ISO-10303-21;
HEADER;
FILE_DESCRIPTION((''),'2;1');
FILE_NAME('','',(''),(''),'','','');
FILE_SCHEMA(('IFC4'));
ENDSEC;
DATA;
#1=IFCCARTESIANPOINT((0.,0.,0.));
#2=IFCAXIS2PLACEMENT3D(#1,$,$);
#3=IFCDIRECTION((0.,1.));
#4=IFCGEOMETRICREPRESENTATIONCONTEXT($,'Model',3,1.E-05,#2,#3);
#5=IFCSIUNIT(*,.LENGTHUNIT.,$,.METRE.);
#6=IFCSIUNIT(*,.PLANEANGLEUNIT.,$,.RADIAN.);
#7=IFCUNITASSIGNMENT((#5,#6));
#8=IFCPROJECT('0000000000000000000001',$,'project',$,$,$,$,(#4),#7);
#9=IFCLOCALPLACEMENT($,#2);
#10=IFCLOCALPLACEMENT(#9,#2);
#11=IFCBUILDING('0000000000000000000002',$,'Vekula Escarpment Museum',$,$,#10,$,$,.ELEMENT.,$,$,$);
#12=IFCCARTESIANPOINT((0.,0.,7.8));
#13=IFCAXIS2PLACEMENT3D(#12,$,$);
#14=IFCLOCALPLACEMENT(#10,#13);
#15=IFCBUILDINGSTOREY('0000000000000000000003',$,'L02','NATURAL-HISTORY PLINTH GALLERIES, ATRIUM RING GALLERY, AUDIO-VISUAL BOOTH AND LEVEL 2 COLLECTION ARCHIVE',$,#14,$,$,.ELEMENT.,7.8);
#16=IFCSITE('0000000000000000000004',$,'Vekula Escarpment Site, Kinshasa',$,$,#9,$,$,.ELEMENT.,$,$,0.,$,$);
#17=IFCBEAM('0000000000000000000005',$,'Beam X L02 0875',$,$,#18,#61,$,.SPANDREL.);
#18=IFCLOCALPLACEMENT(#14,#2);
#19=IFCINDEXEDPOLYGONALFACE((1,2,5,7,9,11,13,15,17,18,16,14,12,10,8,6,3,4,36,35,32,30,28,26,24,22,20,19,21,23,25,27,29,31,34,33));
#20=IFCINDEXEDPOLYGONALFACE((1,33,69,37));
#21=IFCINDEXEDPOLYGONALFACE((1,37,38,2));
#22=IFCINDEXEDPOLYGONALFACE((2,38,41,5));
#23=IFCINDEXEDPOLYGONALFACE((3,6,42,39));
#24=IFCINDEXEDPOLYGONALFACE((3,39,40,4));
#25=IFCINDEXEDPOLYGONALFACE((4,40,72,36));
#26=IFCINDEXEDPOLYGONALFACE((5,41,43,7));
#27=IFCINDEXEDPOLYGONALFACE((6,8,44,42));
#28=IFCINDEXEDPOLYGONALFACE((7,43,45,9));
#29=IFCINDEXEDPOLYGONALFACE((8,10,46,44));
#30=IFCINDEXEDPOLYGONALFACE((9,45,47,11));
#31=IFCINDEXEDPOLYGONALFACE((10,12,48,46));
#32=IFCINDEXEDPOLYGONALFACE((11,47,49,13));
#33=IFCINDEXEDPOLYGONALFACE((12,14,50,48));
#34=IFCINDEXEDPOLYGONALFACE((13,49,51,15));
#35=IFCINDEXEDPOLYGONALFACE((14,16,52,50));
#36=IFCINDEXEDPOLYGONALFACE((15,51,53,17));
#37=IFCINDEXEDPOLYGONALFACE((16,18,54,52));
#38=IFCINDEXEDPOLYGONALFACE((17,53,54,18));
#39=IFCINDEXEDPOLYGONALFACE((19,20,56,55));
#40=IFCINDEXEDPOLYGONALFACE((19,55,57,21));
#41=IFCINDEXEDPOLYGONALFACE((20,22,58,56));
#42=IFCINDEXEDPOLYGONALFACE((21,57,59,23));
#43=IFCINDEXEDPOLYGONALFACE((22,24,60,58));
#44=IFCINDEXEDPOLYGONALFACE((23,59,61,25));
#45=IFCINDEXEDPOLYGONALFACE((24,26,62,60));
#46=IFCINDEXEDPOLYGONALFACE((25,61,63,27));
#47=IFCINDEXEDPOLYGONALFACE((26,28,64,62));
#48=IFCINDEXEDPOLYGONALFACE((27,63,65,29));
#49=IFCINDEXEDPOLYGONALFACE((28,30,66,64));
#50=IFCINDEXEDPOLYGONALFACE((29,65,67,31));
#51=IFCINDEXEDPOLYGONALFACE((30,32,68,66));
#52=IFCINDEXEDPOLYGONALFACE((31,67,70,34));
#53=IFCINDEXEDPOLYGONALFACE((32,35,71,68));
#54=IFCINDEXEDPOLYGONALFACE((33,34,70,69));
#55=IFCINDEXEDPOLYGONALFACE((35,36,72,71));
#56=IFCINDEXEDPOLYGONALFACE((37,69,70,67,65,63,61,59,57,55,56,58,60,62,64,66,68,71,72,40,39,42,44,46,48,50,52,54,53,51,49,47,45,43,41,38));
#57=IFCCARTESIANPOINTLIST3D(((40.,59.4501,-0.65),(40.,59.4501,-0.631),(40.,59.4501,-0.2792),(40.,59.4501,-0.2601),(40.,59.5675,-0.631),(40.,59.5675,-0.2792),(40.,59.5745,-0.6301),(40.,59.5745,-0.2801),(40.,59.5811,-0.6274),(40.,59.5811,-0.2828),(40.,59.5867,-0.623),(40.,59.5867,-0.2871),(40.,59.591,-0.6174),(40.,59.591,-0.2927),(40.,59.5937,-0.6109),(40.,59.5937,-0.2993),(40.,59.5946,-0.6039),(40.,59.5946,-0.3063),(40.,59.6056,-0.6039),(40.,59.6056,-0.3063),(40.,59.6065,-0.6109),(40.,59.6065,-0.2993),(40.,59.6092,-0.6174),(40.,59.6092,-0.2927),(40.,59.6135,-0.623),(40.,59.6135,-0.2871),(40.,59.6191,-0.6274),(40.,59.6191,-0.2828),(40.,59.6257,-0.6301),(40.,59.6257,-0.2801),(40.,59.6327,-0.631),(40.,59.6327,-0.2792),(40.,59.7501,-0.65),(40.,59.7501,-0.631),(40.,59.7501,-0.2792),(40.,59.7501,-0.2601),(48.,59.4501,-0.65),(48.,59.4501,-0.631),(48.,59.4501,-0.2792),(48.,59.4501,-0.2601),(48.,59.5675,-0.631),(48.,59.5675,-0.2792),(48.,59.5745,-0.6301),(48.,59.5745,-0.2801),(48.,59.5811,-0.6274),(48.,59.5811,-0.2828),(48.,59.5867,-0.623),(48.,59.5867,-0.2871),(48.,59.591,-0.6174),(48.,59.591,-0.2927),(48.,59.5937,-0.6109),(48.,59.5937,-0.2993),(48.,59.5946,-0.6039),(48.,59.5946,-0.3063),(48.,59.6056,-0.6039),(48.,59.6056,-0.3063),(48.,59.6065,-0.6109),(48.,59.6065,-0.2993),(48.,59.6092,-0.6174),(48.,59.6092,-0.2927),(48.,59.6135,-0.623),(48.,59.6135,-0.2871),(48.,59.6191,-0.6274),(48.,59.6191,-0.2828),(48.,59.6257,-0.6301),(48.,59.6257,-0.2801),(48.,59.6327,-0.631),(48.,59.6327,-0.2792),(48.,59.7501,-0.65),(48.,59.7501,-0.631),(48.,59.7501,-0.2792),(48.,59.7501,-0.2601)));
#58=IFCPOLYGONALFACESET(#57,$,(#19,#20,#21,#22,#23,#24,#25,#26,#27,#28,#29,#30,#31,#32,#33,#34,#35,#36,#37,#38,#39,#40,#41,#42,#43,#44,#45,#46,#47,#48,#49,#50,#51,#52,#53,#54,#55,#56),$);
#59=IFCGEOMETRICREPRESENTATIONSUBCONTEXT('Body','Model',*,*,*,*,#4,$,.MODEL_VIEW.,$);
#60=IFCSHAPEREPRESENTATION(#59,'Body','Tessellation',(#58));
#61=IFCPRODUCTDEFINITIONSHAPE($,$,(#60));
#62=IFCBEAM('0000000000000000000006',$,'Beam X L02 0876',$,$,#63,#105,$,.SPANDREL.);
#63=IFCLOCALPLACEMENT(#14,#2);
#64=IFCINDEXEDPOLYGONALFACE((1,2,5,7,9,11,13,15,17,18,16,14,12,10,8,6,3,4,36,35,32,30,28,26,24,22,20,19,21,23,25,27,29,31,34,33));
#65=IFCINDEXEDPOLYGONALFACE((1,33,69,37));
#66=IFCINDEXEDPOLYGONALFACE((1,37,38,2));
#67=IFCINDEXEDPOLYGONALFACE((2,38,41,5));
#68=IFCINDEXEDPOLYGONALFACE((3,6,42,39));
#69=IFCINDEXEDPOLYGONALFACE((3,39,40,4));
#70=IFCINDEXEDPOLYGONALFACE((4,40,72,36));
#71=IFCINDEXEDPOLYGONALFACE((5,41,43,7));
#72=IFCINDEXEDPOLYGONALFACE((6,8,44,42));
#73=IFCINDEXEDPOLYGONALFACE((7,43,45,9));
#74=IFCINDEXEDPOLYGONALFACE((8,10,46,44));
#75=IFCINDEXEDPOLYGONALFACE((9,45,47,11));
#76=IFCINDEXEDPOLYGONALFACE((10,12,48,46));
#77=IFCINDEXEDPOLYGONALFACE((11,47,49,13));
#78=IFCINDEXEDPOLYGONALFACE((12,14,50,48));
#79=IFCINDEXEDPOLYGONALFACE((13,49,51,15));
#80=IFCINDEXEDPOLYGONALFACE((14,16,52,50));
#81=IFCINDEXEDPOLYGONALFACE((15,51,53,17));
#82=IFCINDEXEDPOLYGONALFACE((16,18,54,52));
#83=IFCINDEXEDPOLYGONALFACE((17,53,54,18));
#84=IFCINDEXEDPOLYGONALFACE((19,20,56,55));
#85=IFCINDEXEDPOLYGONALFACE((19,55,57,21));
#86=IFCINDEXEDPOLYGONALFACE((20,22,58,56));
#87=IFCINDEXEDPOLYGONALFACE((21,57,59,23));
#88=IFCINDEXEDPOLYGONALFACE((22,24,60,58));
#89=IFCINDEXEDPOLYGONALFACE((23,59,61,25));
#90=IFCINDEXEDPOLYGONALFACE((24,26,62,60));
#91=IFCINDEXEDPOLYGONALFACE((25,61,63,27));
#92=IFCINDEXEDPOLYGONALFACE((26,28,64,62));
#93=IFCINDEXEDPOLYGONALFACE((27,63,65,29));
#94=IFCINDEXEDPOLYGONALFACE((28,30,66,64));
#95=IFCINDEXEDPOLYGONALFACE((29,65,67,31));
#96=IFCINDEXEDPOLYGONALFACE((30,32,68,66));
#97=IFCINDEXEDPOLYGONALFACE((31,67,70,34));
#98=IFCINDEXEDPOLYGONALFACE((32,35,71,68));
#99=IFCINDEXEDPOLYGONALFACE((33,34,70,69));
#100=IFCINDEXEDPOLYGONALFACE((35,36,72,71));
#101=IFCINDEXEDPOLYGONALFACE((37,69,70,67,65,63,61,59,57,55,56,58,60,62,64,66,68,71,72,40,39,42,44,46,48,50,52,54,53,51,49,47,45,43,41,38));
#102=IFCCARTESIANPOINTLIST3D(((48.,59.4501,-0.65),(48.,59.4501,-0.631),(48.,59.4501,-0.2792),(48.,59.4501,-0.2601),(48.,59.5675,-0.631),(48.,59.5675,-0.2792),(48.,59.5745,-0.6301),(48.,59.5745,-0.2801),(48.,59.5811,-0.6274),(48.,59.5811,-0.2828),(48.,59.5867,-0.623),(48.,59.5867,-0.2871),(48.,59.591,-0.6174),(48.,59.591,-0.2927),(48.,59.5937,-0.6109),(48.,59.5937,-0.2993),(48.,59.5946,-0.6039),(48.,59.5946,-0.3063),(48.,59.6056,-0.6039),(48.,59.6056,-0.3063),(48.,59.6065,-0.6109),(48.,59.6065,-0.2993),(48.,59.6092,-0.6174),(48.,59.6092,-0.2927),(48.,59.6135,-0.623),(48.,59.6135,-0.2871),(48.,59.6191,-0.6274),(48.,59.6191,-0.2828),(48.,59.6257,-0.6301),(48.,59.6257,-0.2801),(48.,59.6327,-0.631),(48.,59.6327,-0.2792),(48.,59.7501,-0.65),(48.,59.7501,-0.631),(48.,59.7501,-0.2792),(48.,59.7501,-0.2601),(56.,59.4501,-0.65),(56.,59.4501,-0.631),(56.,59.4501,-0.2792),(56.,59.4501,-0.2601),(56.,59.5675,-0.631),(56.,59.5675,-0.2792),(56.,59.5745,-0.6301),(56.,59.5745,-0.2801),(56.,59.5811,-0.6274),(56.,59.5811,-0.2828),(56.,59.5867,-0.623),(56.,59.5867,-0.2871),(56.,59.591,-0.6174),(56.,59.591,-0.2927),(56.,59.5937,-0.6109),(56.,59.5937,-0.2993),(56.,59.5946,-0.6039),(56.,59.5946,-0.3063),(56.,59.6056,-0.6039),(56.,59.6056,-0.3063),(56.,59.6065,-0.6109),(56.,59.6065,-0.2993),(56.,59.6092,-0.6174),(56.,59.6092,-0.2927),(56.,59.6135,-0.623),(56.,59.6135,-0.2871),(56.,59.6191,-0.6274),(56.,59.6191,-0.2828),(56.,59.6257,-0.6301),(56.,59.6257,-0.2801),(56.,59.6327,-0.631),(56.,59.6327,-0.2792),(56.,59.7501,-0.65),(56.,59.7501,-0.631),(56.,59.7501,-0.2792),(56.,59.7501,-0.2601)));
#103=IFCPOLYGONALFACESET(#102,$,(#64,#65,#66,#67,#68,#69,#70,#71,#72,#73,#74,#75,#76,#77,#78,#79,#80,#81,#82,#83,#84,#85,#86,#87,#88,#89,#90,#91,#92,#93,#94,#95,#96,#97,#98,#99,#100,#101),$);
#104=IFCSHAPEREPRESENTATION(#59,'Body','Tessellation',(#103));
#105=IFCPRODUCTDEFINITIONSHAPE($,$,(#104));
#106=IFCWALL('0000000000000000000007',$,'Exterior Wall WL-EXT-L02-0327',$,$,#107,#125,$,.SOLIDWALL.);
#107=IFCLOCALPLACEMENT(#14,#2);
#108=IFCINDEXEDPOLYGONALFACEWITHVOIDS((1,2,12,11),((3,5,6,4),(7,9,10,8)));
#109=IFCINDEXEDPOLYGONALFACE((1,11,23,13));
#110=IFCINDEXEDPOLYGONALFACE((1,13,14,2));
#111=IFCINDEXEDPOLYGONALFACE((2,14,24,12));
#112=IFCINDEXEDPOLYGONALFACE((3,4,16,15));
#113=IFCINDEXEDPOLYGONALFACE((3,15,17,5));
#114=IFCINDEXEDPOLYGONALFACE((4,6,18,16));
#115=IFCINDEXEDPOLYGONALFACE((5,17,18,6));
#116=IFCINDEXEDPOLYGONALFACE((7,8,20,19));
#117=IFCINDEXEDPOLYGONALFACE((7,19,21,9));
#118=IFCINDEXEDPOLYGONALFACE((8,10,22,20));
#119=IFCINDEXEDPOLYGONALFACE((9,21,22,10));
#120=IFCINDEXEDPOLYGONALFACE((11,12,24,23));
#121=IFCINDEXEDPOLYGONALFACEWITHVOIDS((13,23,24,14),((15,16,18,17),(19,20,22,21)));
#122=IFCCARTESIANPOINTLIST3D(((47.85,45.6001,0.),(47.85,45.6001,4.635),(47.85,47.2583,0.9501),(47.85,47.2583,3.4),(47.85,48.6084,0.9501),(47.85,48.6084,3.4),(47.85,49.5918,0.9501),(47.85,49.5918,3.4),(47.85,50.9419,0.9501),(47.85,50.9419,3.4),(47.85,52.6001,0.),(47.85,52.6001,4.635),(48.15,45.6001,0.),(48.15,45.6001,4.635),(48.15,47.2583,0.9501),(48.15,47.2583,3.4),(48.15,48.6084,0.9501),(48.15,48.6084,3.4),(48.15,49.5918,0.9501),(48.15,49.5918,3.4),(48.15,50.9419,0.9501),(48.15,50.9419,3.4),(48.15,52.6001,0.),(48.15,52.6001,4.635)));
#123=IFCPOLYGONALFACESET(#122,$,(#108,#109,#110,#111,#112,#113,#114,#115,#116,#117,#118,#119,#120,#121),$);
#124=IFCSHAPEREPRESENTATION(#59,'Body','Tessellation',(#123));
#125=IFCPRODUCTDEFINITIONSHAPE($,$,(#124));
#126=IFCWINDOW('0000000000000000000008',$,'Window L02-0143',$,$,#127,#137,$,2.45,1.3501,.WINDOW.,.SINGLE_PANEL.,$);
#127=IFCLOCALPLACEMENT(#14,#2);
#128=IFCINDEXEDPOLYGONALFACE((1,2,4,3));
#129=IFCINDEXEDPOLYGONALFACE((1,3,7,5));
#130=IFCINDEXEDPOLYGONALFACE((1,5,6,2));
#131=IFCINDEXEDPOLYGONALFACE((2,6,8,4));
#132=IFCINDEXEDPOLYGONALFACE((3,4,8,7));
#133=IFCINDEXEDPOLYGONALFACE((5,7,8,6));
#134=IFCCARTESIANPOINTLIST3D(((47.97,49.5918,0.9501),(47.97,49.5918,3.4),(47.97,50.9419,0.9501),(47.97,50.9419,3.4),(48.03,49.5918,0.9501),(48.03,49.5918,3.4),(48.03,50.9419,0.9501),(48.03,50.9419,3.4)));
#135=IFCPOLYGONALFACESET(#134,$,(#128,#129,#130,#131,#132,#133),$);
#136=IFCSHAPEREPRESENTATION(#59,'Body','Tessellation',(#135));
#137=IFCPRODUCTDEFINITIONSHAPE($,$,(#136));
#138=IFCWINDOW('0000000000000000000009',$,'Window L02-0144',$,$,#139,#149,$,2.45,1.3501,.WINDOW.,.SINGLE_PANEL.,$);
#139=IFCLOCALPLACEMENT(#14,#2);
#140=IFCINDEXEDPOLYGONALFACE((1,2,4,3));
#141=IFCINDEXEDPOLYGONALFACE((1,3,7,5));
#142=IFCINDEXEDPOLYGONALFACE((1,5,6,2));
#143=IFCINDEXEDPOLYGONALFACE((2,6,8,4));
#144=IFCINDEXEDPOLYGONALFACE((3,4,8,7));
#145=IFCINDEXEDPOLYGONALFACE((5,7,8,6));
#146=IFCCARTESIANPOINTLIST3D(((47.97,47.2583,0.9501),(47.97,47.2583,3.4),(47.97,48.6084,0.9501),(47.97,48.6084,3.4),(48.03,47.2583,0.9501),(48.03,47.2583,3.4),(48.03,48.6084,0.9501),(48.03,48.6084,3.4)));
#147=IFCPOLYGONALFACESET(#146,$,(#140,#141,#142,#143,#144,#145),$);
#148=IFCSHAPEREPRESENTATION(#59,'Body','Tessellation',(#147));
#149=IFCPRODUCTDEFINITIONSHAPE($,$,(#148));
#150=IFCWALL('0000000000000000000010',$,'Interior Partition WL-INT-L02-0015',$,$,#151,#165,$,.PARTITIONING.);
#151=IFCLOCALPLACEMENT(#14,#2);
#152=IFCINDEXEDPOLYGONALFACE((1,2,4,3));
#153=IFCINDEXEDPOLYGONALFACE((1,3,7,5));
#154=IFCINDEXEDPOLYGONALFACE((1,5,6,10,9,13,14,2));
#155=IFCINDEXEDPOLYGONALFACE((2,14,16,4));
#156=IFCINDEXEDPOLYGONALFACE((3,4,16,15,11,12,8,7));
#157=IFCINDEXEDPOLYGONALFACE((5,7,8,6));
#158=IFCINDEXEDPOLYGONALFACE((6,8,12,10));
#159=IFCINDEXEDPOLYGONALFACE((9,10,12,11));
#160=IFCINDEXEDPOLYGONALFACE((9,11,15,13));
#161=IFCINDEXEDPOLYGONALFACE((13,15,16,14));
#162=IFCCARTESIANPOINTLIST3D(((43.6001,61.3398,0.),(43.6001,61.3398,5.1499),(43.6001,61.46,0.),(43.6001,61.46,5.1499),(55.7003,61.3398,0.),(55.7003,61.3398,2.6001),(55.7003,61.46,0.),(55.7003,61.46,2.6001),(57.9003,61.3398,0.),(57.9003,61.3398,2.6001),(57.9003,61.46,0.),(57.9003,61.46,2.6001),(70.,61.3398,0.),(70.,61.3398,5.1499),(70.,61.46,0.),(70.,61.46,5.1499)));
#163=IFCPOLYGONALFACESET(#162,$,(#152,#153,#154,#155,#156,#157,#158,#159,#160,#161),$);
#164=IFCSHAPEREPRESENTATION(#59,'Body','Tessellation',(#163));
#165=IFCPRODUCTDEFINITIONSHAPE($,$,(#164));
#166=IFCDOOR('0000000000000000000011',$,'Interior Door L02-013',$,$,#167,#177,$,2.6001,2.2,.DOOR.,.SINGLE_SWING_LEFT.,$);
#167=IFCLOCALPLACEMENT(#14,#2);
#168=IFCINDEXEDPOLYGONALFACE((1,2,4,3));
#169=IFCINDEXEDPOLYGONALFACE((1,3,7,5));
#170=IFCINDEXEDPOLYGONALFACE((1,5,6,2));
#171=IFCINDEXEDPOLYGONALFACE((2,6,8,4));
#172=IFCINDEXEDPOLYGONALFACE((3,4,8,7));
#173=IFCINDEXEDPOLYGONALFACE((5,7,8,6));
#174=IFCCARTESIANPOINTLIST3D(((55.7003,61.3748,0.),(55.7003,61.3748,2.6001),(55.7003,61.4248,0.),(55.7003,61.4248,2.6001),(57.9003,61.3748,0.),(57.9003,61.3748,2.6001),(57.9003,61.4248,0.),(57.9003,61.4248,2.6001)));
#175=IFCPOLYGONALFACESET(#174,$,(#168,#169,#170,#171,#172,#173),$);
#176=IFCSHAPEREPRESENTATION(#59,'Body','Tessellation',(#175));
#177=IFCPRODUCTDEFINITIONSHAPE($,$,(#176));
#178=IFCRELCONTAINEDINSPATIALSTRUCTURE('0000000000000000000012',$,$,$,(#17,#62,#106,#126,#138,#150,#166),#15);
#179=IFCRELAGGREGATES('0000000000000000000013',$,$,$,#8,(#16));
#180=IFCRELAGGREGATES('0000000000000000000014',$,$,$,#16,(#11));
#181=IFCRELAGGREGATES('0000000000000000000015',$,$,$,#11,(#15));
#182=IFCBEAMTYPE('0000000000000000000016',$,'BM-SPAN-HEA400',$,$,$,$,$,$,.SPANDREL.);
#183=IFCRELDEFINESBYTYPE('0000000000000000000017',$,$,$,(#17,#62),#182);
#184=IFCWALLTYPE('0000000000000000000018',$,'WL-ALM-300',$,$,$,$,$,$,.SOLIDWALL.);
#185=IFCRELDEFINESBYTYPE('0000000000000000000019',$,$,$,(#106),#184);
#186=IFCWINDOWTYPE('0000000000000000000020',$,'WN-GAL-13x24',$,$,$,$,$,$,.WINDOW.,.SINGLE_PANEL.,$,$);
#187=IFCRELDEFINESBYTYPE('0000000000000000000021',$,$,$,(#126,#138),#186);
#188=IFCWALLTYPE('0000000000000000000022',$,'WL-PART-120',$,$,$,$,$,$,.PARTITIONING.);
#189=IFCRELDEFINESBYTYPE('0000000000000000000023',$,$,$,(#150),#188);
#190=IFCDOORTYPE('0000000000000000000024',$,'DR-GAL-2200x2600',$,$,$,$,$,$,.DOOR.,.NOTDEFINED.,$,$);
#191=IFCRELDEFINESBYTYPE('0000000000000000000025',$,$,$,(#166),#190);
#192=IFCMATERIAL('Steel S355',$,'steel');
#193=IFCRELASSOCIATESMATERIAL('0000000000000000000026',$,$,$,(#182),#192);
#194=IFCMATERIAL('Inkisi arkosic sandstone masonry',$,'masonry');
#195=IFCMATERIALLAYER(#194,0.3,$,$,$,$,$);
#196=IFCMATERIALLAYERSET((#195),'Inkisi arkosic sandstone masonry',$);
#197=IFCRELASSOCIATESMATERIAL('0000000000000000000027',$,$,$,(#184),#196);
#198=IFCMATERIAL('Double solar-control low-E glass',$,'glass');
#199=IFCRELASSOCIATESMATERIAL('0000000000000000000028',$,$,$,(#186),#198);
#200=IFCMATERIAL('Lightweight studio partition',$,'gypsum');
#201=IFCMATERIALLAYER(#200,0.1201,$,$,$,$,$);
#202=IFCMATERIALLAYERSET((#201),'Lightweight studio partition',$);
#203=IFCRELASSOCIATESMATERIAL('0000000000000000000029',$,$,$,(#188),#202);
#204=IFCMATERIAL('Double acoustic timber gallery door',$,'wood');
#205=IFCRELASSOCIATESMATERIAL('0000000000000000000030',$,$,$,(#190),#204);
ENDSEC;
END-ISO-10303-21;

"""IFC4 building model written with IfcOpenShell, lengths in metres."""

from ifc_helpers import new_model, si_unit, direction, frame, frame_2d, origin, origin_2d, place, context, subcontext, project, spatial, rectangle, i_section, extrude, material, layer, layer_set, material_profile, profile_set, type_object, element, fill, save


model = new_model("IFC4")

# Units and contexts
model_context = context("Model", 3, precision=1e-05, world=origin(), true_north=direction((0.0, 1.0)))
body_context = subcontext(model_context, "Body", "Model", "MODEL_VIEW")
ifc_project = project(units=[si_unit("LENGTHUNIT", "METRE"), si_unit("PLANEANGLEUNIT", "RADIAN")], contexts=[model_context])

# Site, building, storey
site_placement = place(None, origin())
site = spatial("IfcSite", under=ifc_project, at=site_placement, Name="Vekula Escarpment Site, Kinshasa", CompositionType="ELEMENT", RefElevation=0.0)
building_placement = place(site_placement, origin())
building = spatial("IfcBuilding", under=site, at=building_placement, Name="Vekula Escarpment Museum", CompositionType="ELEMENT")
storey_placement = place(building_placement, frame((0.0, 0.0, 7.8)))
storey = spatial("IfcBuildingStorey", under=building, at=storey_placement, Name="L02", Description="NATURAL-HISTORY PLINTH GALLERIES, ATRIUM RING GALLERY, AUDIO-VISUAL BOOTH AND LEVEL 2 COLLECTION ARCHIVE", CompositionType="ELEMENT", Elevation=7.8)

# Beams
ifc_material_1 = material(Name="Steel S355", Category="steel")
ifc_material_profile_1 = material_profile(ifc_material_1, i_section(OverallWidth=0.3, OverallDepth=0.3899, WebThickness=0.011, FlangeThickness=0.019, FilletRadius=0.0271, at=origin_2d()), Name="HEA 400")
ifc_profile_set_1 = profile_set([ifc_material_profile_1], Name="Steel S355")
beam_type_1 = type_object("IfcBeamType", Name="BM-SPAN-HEA400", PredefinedType="SPANDREL", material=ifc_profile_set_1)
for number, where, z_axis, x_axis, name in (
    (1, (40.0, 59.6001, -0.4551), (1.0, 0.0, 0.0), (0.0, 1.0, 0.0), "Beam X L02 0875"),
    (2, (48.0, 59.6001, -0.4551), (1.0, 0.0, 0.0), (0.0, 1.0, 0.0), "Beam X L02 0876"),
):
    element("IfcBeam", number, at=place(storey_placement, frame(where, z_axis=z_axis, x_axis=x_axis)), inside=storey, type_object=beam_type_1, Name=name, PredefinedType="SPANDREL", context=body_context, shape_type="SweptSolid", body=[
        extrude(i_section(OverallWidth=0.3, OverallDepth=0.3899, WebThickness=0.011, FlangeThickness=0.019, FilletRadius=0.0271, at=origin_2d()), origin(), (0.0, 0.0, 1.0), 8.0),
    ])

# Wall, openings, windows
ifc_material_2 = material(Name="Inkisi arkosic sandstone masonry", Category="masonry")
ifc_layer_1 = layer(ifc_material_2, 0.3)
ifc_layer_set_1 = layer_set([ifc_layer_1], Name="Inkisi arkosic sandstone masonry")
wall_type_1 = type_object("IfcWallType", Name="WL-ALM-300", PredefinedType="SOLIDWALL", material=ifc_layer_set_1)
wall_1_placement = place(storey_placement, frame((48.0, 52.6001, 0.0), z_axis=(0.0, 0.0, 1.0), x_axis=(0.0, -1.0, 0.0)))
wall_1 = element("IfcWall", 3, at=wall_1_placement, inside=storey, type_object=wall_type_1, Name="Exterior Wall WL-EXT-L02-0327", PredefinedType="SOLIDWALL", context=body_context, shape_type="SweptSolid", body=[
    extrude(rectangle(XDim=7.0, YDim=0.3, at=frame_2d((3.5, 0.0))), origin(), (0.0, 0.0, 1.0), 4.635),
])
opening_1_placement = place(wall_1_placement, frame((1.6582, 0.0, 0.95)))
opening_1 = element("IfcOpeningElement", 4, at=opening_1_placement, cuts=wall_1, PredefinedType="OPENING", context=body_context, shape_type="SweptSolid", body=[
    extrude(rectangle(XDim=1.3501, YDim=2.45, at=frame_2d((0.675, 1.2251))), frame((0.0, 0.1599, 0.0), z_axis=(0.0, -1.0, 0.0), x_axis=(1.0, 0.0, 0.0)), (0.0, 0.0, 1.0), 0.3201),
])
opening_2_placement = place(wall_1_placement, frame((3.9917, 0.0, 0.95)))
opening_2 = element("IfcOpeningElement", 5, at=opening_2_placement, cuts=wall_1, PredefinedType="OPENING", context=body_context, shape_type="SweptSolid", body=[
    extrude(rectangle(XDim=1.3501, YDim=2.45, at=frame_2d((0.675, 1.2251))), frame((0.0, 0.1599, 0.0), z_axis=(0.0, -1.0, 0.0), x_axis=(1.0, 0.0, 0.0)), (0.0, 0.0, 1.0), 0.3201),
])
ifc_material_3 = material(Name="Double solar-control low-E glass", Category="glass")
window_type = type_object("IfcWindowType", Name="WN-GAL-13x24", PartitioningType="SINGLE_PANEL", PredefinedType="WINDOW", material=ifc_material_3)
window_1_placement = place(opening_1_placement, origin())
window_1 = element("IfcWindow", 6, at=window_1_placement, inside=storey, type_object=window_type, Name="Window L02-0143", OverallHeight=2.45, OverallWidth=1.3501, PartitioningType="SINGLE_PANEL", PredefinedType="WINDOW", context=body_context, shape_type="SweptSolid", body=[
    extrude(rectangle(XDim=1.3501, YDim=2.45, at=frame_2d((0.675, 1.2251))), frame((0.0, 0.03, 0.0), z_axis=(0.0, -1.0, 0.0), x_axis=(1.0, 0.0, 0.0)), (0.0, 0.0, 1.0), 0.0601),
])
fill(opening_1, window_1)
window_2_placement = place(opening_2_placement, origin())
window_2 = element("IfcWindow", 7, at=window_2_placement, inside=storey, type_object=window_type, Name="Window L02-0144", OverallHeight=2.45, OverallWidth=1.3501, PartitioningType="SINGLE_PANEL", PredefinedType="WINDOW", context=body_context, shape_type="SweptSolid", body=[
    extrude(rectangle(XDim=1.3501, YDim=2.45, at=frame_2d((0.675, 1.2251))), frame((0.0, 0.03, 0.0), z_axis=(0.0, -1.0, 0.0), x_axis=(1.0, 0.0, 0.0)), (0.0, 0.0, 1.0), 0.0601),
])
fill(opening_2, window_2)

# Wall, opening, door
ifc_material_4 = material(Name="Lightweight studio partition", Category="gypsum")
ifc_layer_2 = layer(ifc_material_4, 0.1201)
ifc_layer_set_2 = layer_set([ifc_layer_2], Name="Lightweight studio partition")
wall_type_2 = type_object("IfcWallType", Name="WL-PART-120", PredefinedType="PARTITIONING", material=ifc_layer_set_2)
wall_2_placement = place(storey_placement, frame((43.6001, 61.3999, 0.0), z_axis=(0.0, 0.0, 1.0), x_axis=(1.0, 0.0, 0.0)))
wall_2 = element("IfcWall", 8, at=wall_2_placement, inside=storey, type_object=wall_type_2, Name="Interior Partition WL-INT-L02-0015", PredefinedType="PARTITIONING", context=body_context, shape_type="SweptSolid", body=[
    extrude(rectangle(XDim=26.3999, YDim=0.1201, at=frame_2d((13.2, 0.0))), origin(), (0.0, 0.0, 1.0), 5.1499),
])
opening_3_placement = place(wall_2_placement, frame((12.1001, 0.0, 0.0)))
opening_3 = element("IfcOpeningElement", 9, at=opening_3_placement, cuts=wall_2, PredefinedType="OPENING", context=body_context, shape_type="SweptSolid", body=[
    extrude(rectangle(XDim=2.2, YDim=2.6001, at=frame_2d((1.1001, 1.3))), frame((0.0, 0.0701, 0.0), z_axis=(0.0, -1.0, 0.0), x_axis=(1.0, 0.0, 0.0)), (0.0, 0.0, 1.0), 0.1401),
])
ifc_material_5 = material(Name="Double acoustic timber gallery door", Category="wood")
door_type_1 = type_object("IfcDoorType", Name="DR-GAL-2200x2600", OperationType="NOTDEFINED", PredefinedType="DOOR", material=ifc_material_5)
door_1_placement = place(opening_3_placement, origin())
door_1 = element("IfcDoor", 10, at=door_1_placement, inside=storey, type_object=door_type_1, Name="Interior Door L02-013", OperationType="SINGLE_SWING_LEFT", OverallHeight=2.6001, OverallWidth=2.2, PredefinedType="DOOR", context=body_context, shape_type="SweptSolid", body=[
    extrude(rectangle(XDim=2.2, YDim=2.6001, at=frame_2d((1.1001, 1.3))), frame((0.0, 0.0249, 0.0), z_axis=(0.0, -1.0, 0.0), x_axis=(1.0, 0.0, 0.0)), (0.0, 0.0, 1.0), 0.05),
])
fill(opening_3, door_1)

save(model, "model.ifc")
